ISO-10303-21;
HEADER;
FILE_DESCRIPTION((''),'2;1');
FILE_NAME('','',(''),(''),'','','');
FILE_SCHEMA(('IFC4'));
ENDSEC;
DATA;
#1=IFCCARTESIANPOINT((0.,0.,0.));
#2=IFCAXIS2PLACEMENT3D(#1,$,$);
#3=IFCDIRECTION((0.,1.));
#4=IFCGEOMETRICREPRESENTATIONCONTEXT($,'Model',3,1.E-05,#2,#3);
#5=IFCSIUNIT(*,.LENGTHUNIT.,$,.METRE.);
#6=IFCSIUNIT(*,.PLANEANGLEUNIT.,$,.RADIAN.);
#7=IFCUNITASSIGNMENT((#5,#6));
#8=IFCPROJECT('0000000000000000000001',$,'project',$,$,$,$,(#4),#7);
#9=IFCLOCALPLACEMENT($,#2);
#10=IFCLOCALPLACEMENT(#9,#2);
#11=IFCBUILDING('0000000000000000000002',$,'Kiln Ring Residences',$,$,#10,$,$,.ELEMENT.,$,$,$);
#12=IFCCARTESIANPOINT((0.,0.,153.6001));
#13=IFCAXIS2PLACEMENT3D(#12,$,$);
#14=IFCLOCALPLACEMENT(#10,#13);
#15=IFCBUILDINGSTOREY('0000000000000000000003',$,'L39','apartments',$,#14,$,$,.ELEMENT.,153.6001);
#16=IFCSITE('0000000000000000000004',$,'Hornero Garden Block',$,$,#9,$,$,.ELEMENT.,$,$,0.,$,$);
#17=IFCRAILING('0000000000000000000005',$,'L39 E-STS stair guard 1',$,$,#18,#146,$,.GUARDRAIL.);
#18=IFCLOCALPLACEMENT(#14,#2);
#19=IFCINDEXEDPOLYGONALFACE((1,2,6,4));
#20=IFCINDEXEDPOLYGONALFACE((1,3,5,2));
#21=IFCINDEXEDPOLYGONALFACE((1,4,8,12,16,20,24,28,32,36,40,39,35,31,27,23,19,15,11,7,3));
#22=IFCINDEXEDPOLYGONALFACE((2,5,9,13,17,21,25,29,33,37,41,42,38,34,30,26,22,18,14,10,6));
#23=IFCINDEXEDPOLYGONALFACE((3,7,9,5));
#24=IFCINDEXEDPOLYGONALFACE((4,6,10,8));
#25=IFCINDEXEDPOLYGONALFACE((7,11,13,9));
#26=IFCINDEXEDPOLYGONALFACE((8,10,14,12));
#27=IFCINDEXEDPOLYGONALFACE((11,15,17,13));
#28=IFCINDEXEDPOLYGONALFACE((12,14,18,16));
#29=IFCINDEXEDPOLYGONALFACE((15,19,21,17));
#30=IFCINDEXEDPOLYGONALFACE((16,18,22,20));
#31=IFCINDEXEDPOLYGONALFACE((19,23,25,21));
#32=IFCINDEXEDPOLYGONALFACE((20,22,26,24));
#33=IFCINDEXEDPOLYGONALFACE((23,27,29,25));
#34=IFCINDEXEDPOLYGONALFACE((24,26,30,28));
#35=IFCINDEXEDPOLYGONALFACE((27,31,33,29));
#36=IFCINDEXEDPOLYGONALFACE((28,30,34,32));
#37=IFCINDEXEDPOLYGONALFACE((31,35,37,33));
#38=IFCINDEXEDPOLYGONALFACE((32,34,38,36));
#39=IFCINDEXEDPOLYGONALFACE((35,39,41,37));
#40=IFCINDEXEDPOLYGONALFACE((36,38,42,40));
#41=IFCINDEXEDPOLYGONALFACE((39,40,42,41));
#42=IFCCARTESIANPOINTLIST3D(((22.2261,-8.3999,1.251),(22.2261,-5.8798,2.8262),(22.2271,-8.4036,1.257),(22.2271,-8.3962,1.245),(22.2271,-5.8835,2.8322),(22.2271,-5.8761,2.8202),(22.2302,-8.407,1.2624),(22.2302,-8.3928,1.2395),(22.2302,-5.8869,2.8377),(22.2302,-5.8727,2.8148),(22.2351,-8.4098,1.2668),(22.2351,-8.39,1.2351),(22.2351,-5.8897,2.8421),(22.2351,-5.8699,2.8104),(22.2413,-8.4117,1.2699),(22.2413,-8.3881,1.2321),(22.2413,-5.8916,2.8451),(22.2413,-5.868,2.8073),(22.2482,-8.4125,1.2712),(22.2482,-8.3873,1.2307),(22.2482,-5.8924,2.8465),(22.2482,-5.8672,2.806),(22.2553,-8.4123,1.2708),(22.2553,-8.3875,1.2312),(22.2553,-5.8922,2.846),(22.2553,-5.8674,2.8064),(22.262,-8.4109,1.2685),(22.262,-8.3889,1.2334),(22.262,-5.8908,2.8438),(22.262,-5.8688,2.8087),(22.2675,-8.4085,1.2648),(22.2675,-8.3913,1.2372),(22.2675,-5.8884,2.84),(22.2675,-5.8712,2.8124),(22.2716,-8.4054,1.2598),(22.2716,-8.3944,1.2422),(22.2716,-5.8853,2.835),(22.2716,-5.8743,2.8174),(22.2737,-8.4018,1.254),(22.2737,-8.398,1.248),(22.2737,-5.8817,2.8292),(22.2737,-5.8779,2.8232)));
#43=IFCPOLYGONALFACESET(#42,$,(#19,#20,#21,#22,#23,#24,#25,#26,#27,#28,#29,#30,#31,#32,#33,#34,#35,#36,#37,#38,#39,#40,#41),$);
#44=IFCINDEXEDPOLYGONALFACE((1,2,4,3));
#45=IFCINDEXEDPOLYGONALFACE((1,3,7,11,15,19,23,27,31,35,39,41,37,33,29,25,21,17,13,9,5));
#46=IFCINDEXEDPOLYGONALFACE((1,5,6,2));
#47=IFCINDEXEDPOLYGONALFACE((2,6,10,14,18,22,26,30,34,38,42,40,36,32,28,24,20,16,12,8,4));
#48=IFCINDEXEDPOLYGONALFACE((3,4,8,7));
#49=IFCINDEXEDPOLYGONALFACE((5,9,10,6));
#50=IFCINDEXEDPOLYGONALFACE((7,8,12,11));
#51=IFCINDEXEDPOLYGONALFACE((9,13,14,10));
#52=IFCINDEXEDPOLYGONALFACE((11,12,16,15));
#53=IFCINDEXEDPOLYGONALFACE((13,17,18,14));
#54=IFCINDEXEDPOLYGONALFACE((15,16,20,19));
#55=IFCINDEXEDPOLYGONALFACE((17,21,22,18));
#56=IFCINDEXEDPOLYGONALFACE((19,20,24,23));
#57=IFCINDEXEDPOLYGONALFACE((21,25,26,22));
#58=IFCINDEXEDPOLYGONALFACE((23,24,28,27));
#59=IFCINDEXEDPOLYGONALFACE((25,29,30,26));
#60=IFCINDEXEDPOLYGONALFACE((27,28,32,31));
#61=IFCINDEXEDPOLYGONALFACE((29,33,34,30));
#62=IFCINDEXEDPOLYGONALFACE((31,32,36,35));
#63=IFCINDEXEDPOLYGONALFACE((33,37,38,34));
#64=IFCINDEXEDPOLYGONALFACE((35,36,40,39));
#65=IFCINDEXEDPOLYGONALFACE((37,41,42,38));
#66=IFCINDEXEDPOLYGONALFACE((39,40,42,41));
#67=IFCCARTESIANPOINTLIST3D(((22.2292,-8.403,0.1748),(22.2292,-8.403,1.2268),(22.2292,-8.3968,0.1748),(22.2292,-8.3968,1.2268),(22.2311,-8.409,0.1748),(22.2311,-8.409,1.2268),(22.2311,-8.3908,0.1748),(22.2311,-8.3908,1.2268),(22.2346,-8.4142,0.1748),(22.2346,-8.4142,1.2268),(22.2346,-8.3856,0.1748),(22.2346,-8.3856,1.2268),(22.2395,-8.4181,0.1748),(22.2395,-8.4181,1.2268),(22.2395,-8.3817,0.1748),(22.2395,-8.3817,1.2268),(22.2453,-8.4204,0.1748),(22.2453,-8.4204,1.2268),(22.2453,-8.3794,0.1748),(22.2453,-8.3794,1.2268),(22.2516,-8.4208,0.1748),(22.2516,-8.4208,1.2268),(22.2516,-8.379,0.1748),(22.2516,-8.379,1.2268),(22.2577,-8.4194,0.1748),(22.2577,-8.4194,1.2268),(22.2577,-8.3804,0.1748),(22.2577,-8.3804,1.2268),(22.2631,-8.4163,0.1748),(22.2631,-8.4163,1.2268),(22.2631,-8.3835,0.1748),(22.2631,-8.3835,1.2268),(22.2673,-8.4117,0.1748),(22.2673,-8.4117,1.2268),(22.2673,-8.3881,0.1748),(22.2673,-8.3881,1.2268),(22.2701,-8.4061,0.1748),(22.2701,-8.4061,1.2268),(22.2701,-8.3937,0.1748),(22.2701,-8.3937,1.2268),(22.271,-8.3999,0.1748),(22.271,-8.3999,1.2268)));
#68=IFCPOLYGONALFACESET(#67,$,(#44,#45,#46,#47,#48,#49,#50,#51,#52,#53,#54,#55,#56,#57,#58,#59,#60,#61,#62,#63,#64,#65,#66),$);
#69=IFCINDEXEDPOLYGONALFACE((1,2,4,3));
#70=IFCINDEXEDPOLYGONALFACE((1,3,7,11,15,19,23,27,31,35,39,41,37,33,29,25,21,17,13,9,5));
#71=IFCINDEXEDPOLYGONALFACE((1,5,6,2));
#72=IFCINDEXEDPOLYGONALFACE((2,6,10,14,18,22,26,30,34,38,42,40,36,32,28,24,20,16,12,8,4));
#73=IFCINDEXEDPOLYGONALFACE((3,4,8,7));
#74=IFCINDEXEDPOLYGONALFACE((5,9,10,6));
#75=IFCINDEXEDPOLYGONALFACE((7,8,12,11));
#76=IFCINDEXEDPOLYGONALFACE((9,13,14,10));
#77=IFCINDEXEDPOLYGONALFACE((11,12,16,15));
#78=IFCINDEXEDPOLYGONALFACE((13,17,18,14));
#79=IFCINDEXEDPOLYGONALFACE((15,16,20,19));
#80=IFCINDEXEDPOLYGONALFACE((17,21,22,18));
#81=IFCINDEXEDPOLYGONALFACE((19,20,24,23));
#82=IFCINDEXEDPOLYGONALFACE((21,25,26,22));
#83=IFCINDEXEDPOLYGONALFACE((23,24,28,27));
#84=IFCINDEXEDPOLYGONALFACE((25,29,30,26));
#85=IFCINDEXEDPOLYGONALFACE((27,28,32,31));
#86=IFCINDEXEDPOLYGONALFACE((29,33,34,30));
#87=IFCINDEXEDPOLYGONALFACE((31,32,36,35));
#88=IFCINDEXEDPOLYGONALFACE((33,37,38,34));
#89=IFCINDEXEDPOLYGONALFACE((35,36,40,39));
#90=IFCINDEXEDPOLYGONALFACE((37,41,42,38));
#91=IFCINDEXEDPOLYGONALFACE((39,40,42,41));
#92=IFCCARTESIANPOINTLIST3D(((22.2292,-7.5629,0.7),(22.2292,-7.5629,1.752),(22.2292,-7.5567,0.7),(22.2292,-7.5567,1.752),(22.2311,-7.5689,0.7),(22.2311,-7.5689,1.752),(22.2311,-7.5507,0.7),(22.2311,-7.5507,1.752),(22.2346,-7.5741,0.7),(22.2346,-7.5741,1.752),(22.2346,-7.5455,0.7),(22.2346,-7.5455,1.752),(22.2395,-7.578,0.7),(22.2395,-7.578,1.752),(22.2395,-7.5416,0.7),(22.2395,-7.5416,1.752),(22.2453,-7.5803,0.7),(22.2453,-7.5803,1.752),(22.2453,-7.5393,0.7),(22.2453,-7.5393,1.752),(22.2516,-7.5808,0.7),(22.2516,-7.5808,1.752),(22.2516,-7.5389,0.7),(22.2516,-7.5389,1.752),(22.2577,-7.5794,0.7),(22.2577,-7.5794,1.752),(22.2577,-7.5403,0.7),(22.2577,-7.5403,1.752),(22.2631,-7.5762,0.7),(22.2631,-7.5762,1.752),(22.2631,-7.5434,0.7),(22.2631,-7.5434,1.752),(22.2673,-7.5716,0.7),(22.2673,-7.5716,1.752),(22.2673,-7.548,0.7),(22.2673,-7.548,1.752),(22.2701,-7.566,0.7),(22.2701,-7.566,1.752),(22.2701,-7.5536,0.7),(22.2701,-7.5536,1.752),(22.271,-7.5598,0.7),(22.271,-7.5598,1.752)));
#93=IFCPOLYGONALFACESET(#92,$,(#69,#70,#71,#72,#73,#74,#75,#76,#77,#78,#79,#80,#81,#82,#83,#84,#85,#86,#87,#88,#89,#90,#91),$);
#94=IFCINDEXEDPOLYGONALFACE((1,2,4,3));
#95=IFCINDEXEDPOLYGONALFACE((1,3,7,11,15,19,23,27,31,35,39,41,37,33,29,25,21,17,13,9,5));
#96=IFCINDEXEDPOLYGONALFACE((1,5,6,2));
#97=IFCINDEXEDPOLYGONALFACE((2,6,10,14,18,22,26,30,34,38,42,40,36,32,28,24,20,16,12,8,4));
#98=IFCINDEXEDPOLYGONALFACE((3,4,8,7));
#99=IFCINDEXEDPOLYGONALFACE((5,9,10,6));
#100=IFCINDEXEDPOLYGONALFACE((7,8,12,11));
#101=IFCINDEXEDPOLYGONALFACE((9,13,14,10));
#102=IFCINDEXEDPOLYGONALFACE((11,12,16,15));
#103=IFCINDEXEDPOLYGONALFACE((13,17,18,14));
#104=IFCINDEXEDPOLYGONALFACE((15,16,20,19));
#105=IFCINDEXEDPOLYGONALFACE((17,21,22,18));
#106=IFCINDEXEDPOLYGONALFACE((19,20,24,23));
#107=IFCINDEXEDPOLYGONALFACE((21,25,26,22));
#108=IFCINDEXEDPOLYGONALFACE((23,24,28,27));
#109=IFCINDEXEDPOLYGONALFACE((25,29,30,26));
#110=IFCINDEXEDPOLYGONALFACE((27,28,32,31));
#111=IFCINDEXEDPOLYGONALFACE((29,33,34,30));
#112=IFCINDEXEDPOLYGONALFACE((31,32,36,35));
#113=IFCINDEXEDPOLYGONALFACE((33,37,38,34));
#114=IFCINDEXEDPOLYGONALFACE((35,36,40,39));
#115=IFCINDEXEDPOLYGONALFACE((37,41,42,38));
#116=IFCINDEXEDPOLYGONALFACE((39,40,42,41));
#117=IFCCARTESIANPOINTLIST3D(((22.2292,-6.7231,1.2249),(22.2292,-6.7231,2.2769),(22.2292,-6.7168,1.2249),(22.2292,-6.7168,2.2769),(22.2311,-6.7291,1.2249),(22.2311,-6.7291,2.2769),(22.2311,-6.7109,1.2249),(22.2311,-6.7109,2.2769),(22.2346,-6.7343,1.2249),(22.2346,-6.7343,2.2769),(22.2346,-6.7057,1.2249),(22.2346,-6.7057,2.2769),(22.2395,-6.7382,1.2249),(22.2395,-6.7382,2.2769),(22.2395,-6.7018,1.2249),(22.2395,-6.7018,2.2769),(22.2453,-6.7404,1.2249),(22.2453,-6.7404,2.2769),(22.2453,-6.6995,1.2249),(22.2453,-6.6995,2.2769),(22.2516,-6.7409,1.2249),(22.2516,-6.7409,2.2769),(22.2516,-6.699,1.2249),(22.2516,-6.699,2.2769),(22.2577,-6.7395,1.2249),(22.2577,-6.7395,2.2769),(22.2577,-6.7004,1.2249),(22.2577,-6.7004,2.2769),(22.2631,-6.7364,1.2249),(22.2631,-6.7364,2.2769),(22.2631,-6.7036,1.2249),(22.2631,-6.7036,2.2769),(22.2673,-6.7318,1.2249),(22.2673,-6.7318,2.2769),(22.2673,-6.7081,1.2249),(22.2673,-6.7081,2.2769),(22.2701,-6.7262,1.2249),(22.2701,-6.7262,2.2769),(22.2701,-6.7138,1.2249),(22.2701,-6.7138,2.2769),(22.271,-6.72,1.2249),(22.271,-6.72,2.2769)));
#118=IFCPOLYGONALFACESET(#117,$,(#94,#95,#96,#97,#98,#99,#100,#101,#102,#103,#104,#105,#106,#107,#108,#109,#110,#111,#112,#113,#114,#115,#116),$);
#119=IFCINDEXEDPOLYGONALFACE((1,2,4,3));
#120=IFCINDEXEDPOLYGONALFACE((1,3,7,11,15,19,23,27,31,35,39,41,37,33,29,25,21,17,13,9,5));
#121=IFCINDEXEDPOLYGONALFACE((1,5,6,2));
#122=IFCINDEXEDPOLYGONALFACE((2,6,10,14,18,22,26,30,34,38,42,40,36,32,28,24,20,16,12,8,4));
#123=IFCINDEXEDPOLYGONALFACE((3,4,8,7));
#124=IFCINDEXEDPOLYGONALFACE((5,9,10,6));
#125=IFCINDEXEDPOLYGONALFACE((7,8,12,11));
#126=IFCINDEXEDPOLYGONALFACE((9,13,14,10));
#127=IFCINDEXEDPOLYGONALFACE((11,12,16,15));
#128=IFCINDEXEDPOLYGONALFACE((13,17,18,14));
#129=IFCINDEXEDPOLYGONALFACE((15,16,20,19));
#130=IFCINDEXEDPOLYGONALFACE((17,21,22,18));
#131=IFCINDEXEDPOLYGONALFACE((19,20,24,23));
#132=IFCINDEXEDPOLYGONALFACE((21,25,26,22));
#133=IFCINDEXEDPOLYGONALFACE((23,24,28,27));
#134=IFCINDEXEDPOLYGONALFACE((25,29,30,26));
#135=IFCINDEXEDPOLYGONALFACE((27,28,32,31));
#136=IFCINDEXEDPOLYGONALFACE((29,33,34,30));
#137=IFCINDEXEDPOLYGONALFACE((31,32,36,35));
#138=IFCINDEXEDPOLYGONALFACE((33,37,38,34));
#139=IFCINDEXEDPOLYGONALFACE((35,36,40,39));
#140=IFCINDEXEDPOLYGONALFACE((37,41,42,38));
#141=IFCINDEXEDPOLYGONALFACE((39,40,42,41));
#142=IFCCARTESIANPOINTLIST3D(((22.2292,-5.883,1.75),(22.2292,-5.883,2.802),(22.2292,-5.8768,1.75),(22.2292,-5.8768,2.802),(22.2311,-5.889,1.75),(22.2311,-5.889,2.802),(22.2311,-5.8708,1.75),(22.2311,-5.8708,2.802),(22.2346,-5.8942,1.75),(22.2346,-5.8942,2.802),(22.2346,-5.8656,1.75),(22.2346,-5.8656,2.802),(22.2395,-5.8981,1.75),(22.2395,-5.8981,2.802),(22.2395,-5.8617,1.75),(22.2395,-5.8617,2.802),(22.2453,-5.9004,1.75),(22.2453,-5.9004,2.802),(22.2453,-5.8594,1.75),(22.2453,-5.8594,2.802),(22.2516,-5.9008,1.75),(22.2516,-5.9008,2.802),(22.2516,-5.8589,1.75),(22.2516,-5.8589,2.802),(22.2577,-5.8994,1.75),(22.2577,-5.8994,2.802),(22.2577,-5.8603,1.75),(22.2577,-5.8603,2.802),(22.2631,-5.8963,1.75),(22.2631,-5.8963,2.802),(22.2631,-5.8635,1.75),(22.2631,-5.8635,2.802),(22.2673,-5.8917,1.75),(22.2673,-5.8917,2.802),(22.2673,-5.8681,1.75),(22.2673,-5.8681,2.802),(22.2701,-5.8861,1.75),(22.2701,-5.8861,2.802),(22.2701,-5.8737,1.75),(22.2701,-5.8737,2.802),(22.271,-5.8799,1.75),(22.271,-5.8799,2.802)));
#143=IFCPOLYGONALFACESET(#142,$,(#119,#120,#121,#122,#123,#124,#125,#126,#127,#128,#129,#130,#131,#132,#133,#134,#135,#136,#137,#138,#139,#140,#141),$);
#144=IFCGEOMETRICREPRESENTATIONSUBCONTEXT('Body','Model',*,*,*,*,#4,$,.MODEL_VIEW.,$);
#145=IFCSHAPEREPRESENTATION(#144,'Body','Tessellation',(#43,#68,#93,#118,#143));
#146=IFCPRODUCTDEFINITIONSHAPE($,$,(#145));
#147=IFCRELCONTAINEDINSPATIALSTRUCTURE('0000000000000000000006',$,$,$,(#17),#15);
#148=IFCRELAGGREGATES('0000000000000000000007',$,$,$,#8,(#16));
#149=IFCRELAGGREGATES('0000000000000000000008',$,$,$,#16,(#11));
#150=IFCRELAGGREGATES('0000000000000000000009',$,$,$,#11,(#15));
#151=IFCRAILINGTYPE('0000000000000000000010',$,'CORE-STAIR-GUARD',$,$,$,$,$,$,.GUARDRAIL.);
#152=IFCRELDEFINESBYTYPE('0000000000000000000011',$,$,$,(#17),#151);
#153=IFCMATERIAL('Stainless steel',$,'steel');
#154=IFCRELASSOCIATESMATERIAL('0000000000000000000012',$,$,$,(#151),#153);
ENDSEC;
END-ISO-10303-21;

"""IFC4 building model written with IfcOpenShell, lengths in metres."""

from ifc_helpers import new_model, si_unit, direction, frame, origin, origin_2d, place, context, subcontext, project, spatial, circle, extrude, material, type_object, element, save


model = new_model("IFC4")

# Units and contexts
model_context = context("Model", 3, precision=1e-05, world=origin(), true_north=direction((0.0, 1.0)))
body_context = subcontext(model_context, "Body", "Model", "MODEL_VIEW")
ifc_project = project(units=[si_unit("LENGTHUNIT", "METRE"), si_unit("PLANEANGLEUNIT", "RADIAN")], contexts=[model_context])

# Site, building, storey
site_placement = place(None, origin())
site = spatial("IfcSite", under=ifc_project, at=site_placement, Name="Hornero Garden Block", CompositionType="ELEMENT", RefElevation=0.0)
building_placement = place(site_placement, origin())
building = spatial("IfcBuilding", under=site, at=building_placement, Name="Kiln Ring Residences", CompositionType="ELEMENT")
storey_placement = place(building_placement, frame((0.0, 0.0, 153.6001)))
storey = spatial("IfcBuildingStorey", under=building, at=storey_placement, Name="L39", Description="apartments", CompositionType="ELEMENT", Elevation=153.6001)

# Railing
ifc_material_1 = material(Name="Stainless steel", Category="steel")
railing_type_1 = type_object("IfcRailingType", Name="CORE-STAIR-GUARD", PredefinedType="GUARDRAIL", material=ifc_material_1)
railing_1_placement = place(storey_placement, frame((22.25, -8.3999, 0.1748)))
element("IfcRailing", 1, at=railing_1_placement, inside=storey, type_object=railing_type_1, Name="L39 E-STS stair guard 1", PredefinedType="GUARDRAIL", context=body_context, shape_type="SweptSolid", body=[
    extrude(circle(Radius=0.0239, at=origin_2d()), frame((0.0, 0.0, 1.0762), z_axis=(0.0, 0.847971, 0.530043), x_axis=(-1.0, 0.0, 0.0)), (0.0, 0.0, 1.0), 2.9719),
    extrude(circle(Radius=0.021, at=origin_2d()), origin(), (0.0, 0.0, 1.0), 1.052),
    extrude(circle(Radius=0.021, at=origin_2d()), frame((0.0, 0.8401, 0.5251)), (0.0, 0.0, 1.0), 1.052),
    extrude(circle(Radius=0.021, at=origin_2d()), frame((0.0, 1.6799, 1.05)), (0.0, 0.0, 1.0), 1.052),
    extrude(circle(Radius=0.021, at=origin_2d()), frame((0.0, 2.52, 1.5752)), (0.0, 0.0, 1.0), 1.052),
])

save(model, "model.ifc")
